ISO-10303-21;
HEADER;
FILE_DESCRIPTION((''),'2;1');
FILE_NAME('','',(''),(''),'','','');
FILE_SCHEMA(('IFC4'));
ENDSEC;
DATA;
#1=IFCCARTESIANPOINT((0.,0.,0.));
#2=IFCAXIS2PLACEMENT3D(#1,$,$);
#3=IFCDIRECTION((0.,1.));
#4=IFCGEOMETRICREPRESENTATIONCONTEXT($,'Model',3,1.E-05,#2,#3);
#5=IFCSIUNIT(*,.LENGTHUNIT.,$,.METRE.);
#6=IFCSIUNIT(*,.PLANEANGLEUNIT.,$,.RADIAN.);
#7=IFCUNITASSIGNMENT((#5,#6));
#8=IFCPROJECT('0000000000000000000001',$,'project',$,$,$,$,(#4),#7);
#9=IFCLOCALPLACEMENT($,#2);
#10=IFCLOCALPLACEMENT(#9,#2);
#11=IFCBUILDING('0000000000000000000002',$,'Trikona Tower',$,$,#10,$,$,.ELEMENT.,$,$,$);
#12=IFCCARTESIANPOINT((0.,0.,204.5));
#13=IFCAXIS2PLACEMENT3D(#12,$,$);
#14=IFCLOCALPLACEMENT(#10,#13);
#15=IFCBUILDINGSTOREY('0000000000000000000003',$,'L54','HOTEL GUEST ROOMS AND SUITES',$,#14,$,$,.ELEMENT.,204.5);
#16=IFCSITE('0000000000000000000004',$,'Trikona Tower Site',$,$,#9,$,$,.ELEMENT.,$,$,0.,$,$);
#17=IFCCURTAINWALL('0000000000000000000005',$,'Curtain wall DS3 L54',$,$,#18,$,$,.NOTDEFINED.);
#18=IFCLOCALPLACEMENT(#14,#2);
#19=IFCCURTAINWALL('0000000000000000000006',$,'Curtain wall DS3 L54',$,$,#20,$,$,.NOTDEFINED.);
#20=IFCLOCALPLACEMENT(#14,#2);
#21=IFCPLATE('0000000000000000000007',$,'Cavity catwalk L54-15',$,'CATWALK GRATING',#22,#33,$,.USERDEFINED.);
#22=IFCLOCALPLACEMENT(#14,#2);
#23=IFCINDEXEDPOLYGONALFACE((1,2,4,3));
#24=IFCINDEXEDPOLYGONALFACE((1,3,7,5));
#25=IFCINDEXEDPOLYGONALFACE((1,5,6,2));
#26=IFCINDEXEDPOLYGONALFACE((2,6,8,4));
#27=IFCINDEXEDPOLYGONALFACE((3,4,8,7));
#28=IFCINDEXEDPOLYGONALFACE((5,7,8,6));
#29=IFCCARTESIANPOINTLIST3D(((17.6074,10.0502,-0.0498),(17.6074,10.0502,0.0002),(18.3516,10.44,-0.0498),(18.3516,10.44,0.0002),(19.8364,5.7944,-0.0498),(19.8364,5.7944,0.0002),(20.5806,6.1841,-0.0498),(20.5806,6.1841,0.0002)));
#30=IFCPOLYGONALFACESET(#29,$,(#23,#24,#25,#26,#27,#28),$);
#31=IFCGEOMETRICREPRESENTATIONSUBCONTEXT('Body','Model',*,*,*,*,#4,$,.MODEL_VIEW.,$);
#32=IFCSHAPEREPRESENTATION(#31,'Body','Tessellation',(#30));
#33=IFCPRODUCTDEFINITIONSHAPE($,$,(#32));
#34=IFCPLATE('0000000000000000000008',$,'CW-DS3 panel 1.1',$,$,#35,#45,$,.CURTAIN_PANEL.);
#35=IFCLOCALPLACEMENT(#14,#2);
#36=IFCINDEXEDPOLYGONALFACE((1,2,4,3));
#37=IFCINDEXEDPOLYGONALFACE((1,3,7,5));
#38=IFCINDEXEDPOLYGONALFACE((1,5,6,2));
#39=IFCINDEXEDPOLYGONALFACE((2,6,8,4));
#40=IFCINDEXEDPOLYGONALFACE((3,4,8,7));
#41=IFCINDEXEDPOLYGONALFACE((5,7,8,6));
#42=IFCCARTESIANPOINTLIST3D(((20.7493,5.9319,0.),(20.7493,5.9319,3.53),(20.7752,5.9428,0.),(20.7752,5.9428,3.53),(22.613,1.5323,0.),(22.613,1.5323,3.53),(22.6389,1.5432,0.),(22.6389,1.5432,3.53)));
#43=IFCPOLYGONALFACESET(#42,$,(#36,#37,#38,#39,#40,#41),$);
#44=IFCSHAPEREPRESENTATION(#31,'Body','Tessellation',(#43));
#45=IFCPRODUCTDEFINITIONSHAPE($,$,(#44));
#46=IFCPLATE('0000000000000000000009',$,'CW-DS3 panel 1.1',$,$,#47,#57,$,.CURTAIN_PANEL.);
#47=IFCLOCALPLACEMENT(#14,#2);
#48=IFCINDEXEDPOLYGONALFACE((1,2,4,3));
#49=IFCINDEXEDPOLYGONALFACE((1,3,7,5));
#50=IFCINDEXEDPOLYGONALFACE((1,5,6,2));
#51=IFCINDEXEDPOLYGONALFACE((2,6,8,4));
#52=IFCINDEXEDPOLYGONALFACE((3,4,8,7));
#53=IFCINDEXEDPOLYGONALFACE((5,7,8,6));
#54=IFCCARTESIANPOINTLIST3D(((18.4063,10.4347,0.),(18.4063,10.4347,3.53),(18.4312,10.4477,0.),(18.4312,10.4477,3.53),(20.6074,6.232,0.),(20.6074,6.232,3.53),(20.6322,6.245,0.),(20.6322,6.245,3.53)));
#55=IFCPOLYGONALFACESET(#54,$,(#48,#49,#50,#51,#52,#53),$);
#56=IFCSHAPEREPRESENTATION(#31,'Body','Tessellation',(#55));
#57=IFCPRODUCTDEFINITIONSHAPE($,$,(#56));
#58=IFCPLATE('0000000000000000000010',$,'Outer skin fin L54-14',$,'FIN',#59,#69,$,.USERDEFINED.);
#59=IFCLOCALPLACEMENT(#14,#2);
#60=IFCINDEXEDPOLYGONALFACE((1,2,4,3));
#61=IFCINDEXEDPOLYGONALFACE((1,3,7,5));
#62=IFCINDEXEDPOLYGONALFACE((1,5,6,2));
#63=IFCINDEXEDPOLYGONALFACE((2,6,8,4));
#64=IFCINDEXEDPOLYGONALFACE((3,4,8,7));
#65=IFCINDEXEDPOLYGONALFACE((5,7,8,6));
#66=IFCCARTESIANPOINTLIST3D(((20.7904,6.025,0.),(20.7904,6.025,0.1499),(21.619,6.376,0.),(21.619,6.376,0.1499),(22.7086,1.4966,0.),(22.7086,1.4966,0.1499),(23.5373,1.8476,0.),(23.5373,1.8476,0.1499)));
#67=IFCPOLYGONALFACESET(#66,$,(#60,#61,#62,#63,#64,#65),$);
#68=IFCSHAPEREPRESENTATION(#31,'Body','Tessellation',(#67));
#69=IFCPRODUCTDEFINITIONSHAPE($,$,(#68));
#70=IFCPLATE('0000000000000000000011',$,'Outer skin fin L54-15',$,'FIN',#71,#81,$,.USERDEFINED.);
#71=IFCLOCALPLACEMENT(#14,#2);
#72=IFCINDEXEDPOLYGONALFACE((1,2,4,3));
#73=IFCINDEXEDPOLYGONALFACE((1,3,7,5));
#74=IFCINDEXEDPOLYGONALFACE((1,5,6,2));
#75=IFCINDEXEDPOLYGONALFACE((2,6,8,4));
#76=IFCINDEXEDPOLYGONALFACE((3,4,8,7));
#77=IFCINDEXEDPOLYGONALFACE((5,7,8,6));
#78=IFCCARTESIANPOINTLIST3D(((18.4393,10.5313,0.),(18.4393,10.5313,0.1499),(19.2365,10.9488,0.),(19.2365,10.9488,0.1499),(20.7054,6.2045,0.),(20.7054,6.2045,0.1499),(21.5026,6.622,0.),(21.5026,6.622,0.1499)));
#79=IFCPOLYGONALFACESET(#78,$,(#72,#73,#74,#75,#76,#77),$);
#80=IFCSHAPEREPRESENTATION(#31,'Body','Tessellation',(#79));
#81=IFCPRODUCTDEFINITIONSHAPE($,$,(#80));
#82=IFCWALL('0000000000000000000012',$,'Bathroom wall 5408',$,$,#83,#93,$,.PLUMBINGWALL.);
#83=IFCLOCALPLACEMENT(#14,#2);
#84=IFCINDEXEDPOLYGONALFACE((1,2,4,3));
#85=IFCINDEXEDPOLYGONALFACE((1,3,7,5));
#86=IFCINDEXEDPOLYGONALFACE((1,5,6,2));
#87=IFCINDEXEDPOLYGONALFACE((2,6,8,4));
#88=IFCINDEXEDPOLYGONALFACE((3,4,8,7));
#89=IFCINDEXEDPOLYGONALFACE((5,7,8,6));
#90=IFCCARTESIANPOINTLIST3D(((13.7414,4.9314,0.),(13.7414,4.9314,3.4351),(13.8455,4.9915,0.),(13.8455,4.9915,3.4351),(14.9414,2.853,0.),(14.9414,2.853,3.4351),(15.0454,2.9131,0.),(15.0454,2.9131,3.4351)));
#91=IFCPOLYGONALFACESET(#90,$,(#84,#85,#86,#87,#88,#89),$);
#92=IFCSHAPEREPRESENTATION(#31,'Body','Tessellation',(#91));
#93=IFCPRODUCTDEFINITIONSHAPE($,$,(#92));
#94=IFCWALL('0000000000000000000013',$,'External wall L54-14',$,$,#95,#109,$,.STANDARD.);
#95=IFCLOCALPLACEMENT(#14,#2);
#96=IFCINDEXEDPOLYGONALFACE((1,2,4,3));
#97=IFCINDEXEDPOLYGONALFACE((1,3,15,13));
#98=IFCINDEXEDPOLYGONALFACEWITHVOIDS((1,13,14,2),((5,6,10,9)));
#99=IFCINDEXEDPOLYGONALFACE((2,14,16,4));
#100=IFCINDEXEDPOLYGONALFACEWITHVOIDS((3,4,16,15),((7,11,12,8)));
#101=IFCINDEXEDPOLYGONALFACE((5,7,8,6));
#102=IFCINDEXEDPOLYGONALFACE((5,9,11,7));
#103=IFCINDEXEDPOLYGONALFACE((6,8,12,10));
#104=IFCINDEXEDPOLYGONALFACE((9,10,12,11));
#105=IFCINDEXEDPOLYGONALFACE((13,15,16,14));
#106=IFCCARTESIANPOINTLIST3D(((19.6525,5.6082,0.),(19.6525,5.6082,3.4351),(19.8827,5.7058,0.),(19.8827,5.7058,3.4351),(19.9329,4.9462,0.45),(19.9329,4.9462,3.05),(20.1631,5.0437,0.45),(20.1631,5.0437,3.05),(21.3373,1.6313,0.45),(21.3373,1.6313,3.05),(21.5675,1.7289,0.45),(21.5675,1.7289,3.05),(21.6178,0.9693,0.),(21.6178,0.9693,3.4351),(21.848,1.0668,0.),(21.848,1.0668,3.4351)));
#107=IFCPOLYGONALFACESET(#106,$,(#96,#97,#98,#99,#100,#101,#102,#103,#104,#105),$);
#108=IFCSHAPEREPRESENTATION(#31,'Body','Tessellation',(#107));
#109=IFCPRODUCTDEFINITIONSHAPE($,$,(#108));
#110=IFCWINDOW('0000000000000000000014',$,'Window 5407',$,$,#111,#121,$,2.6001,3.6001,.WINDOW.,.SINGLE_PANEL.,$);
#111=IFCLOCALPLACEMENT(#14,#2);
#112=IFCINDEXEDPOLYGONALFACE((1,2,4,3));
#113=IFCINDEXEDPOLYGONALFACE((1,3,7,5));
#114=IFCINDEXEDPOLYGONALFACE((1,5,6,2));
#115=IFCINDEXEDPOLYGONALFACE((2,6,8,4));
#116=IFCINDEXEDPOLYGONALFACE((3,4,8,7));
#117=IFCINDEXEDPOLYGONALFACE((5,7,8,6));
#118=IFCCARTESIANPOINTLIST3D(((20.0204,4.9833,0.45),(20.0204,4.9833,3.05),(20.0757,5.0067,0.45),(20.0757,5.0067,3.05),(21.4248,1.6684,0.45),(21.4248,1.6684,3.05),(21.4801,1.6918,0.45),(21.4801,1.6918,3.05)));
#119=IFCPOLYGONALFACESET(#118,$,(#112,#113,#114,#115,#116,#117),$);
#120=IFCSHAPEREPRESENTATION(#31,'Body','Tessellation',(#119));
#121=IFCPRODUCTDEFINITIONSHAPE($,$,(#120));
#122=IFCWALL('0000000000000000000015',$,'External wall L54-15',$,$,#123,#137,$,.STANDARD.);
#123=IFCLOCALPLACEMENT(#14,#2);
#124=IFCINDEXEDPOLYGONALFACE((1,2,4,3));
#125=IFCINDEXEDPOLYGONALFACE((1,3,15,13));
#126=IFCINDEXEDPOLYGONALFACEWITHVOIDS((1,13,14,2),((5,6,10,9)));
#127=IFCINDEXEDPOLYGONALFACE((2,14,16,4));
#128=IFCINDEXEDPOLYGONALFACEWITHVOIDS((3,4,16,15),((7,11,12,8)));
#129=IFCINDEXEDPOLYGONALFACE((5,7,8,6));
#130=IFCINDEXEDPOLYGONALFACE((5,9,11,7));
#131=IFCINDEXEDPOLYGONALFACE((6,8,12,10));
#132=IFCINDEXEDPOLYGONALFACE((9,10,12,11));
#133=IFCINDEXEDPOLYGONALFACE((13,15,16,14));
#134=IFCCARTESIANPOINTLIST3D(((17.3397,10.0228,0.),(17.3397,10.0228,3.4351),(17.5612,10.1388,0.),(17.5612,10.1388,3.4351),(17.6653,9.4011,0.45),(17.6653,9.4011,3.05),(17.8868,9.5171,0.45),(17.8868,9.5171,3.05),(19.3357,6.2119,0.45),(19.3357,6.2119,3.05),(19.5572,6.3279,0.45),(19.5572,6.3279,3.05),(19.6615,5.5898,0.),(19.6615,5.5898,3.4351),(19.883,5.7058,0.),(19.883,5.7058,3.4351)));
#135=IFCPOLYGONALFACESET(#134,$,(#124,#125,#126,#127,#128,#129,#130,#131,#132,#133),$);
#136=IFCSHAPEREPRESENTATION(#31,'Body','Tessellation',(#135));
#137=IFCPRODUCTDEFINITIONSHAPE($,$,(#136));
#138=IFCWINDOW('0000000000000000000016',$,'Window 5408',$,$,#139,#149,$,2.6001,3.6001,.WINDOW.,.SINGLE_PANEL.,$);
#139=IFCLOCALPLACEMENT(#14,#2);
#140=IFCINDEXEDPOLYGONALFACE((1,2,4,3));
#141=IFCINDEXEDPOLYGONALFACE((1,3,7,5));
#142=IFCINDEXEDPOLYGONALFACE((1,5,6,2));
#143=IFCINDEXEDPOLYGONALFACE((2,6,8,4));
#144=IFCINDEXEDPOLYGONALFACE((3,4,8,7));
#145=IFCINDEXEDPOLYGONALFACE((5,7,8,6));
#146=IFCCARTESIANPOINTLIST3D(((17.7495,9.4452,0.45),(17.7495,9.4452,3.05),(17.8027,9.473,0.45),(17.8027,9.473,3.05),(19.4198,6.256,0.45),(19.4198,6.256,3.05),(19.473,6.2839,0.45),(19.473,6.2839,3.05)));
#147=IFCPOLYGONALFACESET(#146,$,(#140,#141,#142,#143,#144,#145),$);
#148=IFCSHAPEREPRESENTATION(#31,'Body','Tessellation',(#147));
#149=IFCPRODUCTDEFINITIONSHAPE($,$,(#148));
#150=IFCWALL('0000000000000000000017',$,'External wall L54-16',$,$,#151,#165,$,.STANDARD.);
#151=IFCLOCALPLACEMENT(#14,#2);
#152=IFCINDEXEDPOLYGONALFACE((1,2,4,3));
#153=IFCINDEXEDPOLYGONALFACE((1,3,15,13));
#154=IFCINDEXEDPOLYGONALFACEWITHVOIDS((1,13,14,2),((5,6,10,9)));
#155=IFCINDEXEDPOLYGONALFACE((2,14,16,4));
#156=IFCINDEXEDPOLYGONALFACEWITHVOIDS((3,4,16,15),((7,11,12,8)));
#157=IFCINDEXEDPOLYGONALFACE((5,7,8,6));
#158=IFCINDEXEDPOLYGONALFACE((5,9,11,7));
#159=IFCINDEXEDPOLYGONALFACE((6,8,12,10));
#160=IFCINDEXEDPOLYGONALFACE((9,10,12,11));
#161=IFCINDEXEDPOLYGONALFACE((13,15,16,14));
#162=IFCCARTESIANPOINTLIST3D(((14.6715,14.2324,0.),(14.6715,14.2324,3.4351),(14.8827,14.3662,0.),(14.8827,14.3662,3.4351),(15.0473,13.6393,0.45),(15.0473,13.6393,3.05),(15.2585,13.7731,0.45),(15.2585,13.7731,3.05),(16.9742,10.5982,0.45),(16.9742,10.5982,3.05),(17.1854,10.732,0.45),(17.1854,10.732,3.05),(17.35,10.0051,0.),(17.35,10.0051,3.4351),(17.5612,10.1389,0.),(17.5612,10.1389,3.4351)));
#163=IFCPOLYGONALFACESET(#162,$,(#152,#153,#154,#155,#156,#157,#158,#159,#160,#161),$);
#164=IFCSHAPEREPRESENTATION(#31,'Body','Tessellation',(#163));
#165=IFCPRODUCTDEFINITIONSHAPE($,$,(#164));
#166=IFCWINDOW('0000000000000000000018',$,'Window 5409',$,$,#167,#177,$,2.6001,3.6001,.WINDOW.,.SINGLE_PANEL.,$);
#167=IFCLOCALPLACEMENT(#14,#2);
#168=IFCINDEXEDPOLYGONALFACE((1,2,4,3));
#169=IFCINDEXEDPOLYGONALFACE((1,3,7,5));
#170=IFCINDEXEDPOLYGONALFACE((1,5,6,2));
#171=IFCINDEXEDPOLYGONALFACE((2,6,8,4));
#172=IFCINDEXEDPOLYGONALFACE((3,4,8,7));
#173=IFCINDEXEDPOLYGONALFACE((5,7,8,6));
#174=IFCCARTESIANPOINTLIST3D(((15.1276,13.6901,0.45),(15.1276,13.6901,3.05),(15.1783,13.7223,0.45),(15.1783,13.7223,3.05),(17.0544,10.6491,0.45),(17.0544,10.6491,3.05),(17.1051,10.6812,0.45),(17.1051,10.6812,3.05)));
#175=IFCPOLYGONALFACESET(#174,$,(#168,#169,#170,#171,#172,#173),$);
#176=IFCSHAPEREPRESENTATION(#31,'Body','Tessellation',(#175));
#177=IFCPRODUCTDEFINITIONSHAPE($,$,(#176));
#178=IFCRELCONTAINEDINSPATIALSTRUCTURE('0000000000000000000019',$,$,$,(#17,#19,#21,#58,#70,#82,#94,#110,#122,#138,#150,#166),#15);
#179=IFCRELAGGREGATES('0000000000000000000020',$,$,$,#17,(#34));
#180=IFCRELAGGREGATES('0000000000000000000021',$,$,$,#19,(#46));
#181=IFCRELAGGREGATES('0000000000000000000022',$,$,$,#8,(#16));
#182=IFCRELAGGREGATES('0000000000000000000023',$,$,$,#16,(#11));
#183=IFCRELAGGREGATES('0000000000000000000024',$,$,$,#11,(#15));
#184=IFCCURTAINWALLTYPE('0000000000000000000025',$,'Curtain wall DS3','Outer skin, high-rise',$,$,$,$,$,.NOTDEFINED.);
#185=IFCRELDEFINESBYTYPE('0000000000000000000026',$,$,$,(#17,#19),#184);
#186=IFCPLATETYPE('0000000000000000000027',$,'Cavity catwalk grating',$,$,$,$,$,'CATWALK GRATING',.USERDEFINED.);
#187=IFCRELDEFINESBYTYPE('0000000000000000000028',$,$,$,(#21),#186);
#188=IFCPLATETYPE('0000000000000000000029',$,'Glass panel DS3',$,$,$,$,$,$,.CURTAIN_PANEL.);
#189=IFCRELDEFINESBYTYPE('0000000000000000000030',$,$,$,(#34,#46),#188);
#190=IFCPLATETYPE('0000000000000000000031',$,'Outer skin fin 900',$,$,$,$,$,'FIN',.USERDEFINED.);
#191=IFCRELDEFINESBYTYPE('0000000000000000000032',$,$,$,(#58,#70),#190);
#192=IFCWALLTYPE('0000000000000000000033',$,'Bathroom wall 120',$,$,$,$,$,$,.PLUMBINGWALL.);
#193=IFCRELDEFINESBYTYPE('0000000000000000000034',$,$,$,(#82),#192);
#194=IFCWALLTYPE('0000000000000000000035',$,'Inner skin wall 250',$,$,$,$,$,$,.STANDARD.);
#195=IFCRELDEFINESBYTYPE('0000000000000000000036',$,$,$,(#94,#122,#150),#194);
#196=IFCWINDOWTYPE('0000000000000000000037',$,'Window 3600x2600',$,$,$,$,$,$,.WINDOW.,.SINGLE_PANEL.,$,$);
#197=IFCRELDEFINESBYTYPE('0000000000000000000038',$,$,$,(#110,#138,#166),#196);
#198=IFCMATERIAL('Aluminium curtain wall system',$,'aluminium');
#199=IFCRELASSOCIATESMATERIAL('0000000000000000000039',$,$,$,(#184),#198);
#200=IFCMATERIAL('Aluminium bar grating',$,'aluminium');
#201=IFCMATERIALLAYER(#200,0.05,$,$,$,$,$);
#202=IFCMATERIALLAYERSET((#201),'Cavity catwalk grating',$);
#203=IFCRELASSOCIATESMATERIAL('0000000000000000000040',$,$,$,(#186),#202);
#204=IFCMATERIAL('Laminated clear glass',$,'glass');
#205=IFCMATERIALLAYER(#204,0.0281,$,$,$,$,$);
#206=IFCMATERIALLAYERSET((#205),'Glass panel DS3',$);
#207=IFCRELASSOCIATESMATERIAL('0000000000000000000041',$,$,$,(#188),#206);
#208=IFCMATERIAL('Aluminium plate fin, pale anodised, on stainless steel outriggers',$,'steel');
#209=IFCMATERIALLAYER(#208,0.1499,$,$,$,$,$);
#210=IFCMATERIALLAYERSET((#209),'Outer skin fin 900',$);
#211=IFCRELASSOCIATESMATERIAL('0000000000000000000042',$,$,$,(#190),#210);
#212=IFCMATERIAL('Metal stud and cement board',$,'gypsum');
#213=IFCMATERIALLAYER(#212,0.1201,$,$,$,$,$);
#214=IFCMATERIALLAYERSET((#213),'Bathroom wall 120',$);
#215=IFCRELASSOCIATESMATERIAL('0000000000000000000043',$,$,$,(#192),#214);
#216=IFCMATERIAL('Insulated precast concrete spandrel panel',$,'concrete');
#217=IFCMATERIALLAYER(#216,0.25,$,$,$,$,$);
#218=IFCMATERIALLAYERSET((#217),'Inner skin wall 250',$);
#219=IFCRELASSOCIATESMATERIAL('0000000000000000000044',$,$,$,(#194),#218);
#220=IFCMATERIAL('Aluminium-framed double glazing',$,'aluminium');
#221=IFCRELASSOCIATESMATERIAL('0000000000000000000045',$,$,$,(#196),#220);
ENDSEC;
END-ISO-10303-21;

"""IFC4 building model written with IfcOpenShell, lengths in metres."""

from ifc_helpers import new_model, si_unit, direction, frame, frame_2d, origin, origin_2d, place, context, subcontext, project, spatial, rectangle, extrude, material, layer, layer_set, type_object, element, fill, aggregate, save


model = new_model("IFC4")

# Units and contexts
model_context = context("Model", 3, precision=1e-05, world=origin(), true_north=direction((0.0, 1.0)))
body_context = subcontext(model_context, "Body", "Model", "MODEL_VIEW")
ifc_project = project(units=[si_unit("LENGTHUNIT", "METRE"), si_unit("PLANEANGLEUNIT", "RADIAN")], contexts=[model_context])

# Site, building, storey
site_placement = place(None, origin())
site = spatial("IfcSite", under=ifc_project, at=site_placement, Name="Trikona Tower Site", CompositionType="ELEMENT", RefElevation=0.0)
building_placement = place(site_placement, origin())
building = spatial("IfcBuilding", under=site, at=building_placement, Name="Trikona Tower", CompositionType="ELEMENT")
storey_placement = place(building_placement, frame((0.0, 0.0, 204.5)))
storey = spatial("IfcBuildingStorey", under=building, at=storey_placement, Name="L54", Description="HOTEL GUEST ROOMS AND SUITES", CompositionType="ELEMENT", Elevation=204.5)

# Shared definitions
ifc_material_1 = material(Name="Aluminium curtain wall system", Category="aluminium")
curtain_wall_type = type_object("IfcCurtainWallType", Name="Curtain wall DS3", Description="Outer skin, high-rise", PredefinedType="NOTDEFINED", material=ifc_material_1)

# Curtain walls
curtain_wall_1_placement = place(storey_placement, origin())
curtain_wall_1 = element("IfcCurtainWall", 1, at=curtain_wall_1_placement, inside=storey, type_object=curtain_wall_type, Name="Curtain wall DS3 L54", PredefinedType="NOTDEFINED")
curtain_wall_2_placement = place(storey_placement, origin())
curtain_wall_2 = element("IfcCurtainWall", 2, at=curtain_wall_2_placement, inside=storey, type_object=curtain_wall_type, Name="Curtain wall DS3 L54", PredefinedType="NOTDEFINED")

# Plate
ifc_material_2 = material(Name="Aluminium bar grating", Category="aluminium")
ifc_layer_1 = layer(ifc_material_2, 0.05)
ifc_layer_set_1 = layer_set([ifc_layer_1], Name="Cavity catwalk grating")
plate_type_1 = type_object("IfcPlateType", Name="Cavity catwalk grating", ElementType="CATWALK GRATING", PredefinedType="USERDEFINED", material=ifc_layer_set_1)
plate_1_placement = place(storey_placement, frame((19.094, 8.1172, -0.0498), z_axis=(0.0, 0.0, 1.0), x_axis=(-0.463952, 0.88586, 0.0)))
element("IfcPlate", 3, at=plate_1_placement, inside=storey, type_object=plate_type_1, Name="Cavity catwalk L54-15", ObjectType="CATWALK GRATING", PredefinedType="USERDEFINED", context=body_context, shape_type="SweptSolid", body=[
    extrude(rectangle(XDim=4.8042, YDim=0.8401, at=origin_2d()), origin(), (0.0, 0.0, 1.0), 0.05),
])

# Plates
ifc_material_3 = material(Name="Laminated clear glass", Category="glass")
ifc_layer_2 = layer(ifc_material_3, 0.0281)
ifc_layer_set_2 = layer_set([ifc_layer_2], Name="Glass panel DS3")
plate_type_2 = type_object("IfcPlateType", Name="Glass panel DS3", PredefinedType="CURTAIN_PANEL", material=ifc_layer_set_2)
plate_2_placement = place(storey_placement, frame((21.6941, 3.7375, 0.0), z_axis=(0.0, 0.0, 1.0), x_axis=(-0.390053, 0.920792, 0.0)))
plate_2 = element("IfcPlate", 4, at=plate_2_placement, type_object=plate_type_2, Name="CW-DS3 panel 1.1", PredefinedType="CURTAIN_PANEL", context=body_context, shape_type="SweptSolid", body=[
    extrude(rectangle(XDim=4.7781, YDim=0.0281, at=origin_2d()), origin(), (0.0, 0.0, 1.0), 3.53),
])
aggregate(curtain_wall_1, [plate_2])
plate_3_placement = place(storey_placement, frame((19.5193, 8.3398, 0.0), z_axis=(0.0, 0.0, 1.0), x_axis=(-0.463948, 0.885862, 0.0)))
plate_3 = element("IfcPlate", 5, at=plate_3_placement, type_object=plate_type_2, Name="CW-DS3 panel 1.1", PredefinedType="CURTAIN_PANEL", context=body_context, shape_type="SweptSolid", body=[
    extrude(rectangle(XDim=4.7441, YDim=0.0281, at=origin_2d()), origin(), (0.0, 0.0, 1.0), 3.53),
])
aggregate(curtain_wall_2, [plate_3])

# Plates
ifc_material_4 = material(Name="Aluminium plate fin, pale anodised, on stainless steel outriggers", Category="steel")
ifc_layer_3 = layer(ifc_material_4, 0.1499)
ifc_layer_set_3 = layer_set([ifc_layer_3], Name="Outer skin fin 900")
plate_type_3 = type_object("IfcPlateType", Name="Outer skin fin 900", ElementType="FIN", PredefinedType="USERDEFINED", material=ifc_layer_set_3)
plate_4_placement = place(storey_placement, frame((22.1638, 3.9363, 0.0), z_axis=(0.0, 0.0, 1.0), x_axis=(-0.390051, 0.920793, 0.0)))
element("IfcPlate", 6, at=plate_4_placement, inside=storey, type_object=plate_type_3, Name="Outer skin fin L54-14", ObjectType="FIN", PredefinedType="USERDEFINED", context=body_context, shape_type="SweptSolid", body=[
    extrude(rectangle(XDim=4.918, YDim=0.8999, at=origin_2d()), origin(), (0.0, 0.0, 1.0), 0.1499),
])
plate_5_placement = place(storey_placement, frame((19.9709, 8.5767, 0.0), z_axis=(0.0, 0.0, 1.0), x_axis=(-0.463952, 0.88586, 0.0)))
element("IfcPlate", 7, at=plate_5_placement, inside=storey, type_object=plate_type_3, Name="Outer skin fin L54-15", ObjectType="FIN", PredefinedType="USERDEFINED", context=body_context, shape_type="SweptSolid", body=[
    extrude(rectangle(XDim=4.8843, YDim=0.8999, at=origin_2d()), origin(), (0.0, 0.0, 1.0), 0.1499),
])

# Wall
ifc_material_5 = material(Name="Metal stud and cement board", Category="gypsum")
ifc_layer_4 = layer(ifc_material_5, 0.1201)
ifc_layer_set_4 = layer_set([ifc_layer_4], Name="Bathroom wall 120")
wall_type_1 = type_object("IfcWallType", Name="Bathroom wall 120", PredefinedType="PLUMBINGWALL", material=ifc_layer_set_4)
wall_1_placement = place(storey_placement, frame((14.9934, 2.8831, 0.0), z_axis=(0.0, 0.0, 1.0), x_axis=(-0.500001, 0.866025, 0.0)))
element("IfcWall", 8, at=wall_1_placement, inside=storey, type_object=wall_type_1, Name="Bathroom wall 5408", PredefinedType="PLUMBINGWALL", context=body_context, shape_type="SweptSolid", body=[
    extrude(rectangle(XDim=2.3999, YDim=0.1201, at=frame_2d((1.2, 0.0))), origin(), (0.0, 0.0, 1.0), 3.4351),
])

# Walls, openings, windows
ifc_material_6 = material(Name="Insulated precast concrete spandrel panel", Category="concrete")
ifc_layer_5 = layer(ifc_material_6, 0.25)
ifc_layer_set_5 = layer_set([ifc_layer_5], Name="Inner skin wall 250")
wall_type_2 = type_object("IfcWallType", Name="Inner skin wall 250", PredefinedType="STANDARD", material=ifc_layer_set_5)
wall_2_placement = place(storey_placement, frame((21.7329, 1.0181, 0.0), z_axis=(0.0, 0.0, 1.0), x_axis=(-0.390097, 0.920774, 0.0)))
wall_2 = element("IfcWall", 9, at=wall_2_placement, inside=storey, type_object=wall_type_2, Name="External wall L54-14", PredefinedType="STANDARD", context=body_context, shape_type="SweptSolid", body=[
    extrude(rectangle(XDim=5.0381, YDim=0.25, at=frame_2d((2.519, 0.0))), origin(), (0.0, 0.0, 1.0), 3.4351),
])
opening_1_placement = place(wall_2_placement, frame((0.719, 0.0, 0.45)))
opening_1 = element("IfcOpeningElement", 10, at=opening_1_placement, cuts=wall_2, PredefinedType="OPENING", context=body_context, shape_type="SweptSolid", body=[
    extrude(rectangle(XDim=3.6001, YDim=2.6001, at=frame_2d((1.8, 1.3))), frame((0.0, 0.135, 0.0), z_axis=(0.0, -1.0, 0.0), x_axis=(1.0, 0.0, 0.0)), (0.0, 0.0, 1.0), 0.27),
])
ifc_material_7 = material(Name="Aluminium-framed double glazing", Category="aluminium")
window_type = type_object("IfcWindowType", Name="Window 3600x2600", PartitioningType="SINGLE_PANEL", PredefinedType="WINDOW", material=ifc_material_7)
window_1_placement = place(opening_1_placement, origin())
window_1 = element("IfcWindow", 11, at=window_1_placement, inside=storey, type_object=window_type, Name="Window 5407", OverallHeight=2.6001, OverallWidth=3.6001, PartitioningType="SINGLE_PANEL", PredefinedType="WINDOW", context=body_context, shape_type="SweptSolid", body=[
    extrude(rectangle(XDim=3.6001, YDim=2.6001, at=frame_2d((1.8, 1.3))), frame((0.0, 0.03, 0.0), z_axis=(0.0, -1.0, 0.0), x_axis=(1.0, 0.0, 0.0)), (0.0, 0.0, 1.0), 0.0601),
])
fill(opening_1, window_1)
wall_3_placement = place(storey_placement, frame((19.7722, 5.6479, 0.0), z_axis=(0.0, 0.0, 1.0), x_axis=(-0.463976, 0.885848, 0.0)))
wall_3 = element("IfcWall", 12, at=wall_3_placement, inside=storey, type_object=wall_type_2, Name="External wall L54-15", PredefinedType="STANDARD", context=body_context, shape_type="SweptSolid", body=[
    extrude(rectangle(XDim=5.0042, YDim=0.25, at=frame_2d((2.502, 0.0))), origin(), (0.0, 0.0, 1.0), 3.4351),
])
opening_2_placement = place(wall_3_placement, frame((0.7021, 0.0, 0.45)))
opening_2 = element("IfcOpeningElement", 13, at=opening_2_placement, cuts=wall_3, PredefinedType="OPENING", context=body_context, shape_type="SweptSolid", body=[
    extrude(rectangle(XDim=3.6001, YDim=2.6001, at=frame_2d((1.8, 1.3))), frame((0.0, 0.135, 0.0), z_axis=(0.0, -1.0, 0.0), x_axis=(1.0, 0.0, 0.0)), (0.0, 0.0, 1.0), 0.27),
])
window_2_placement = place(opening_2_placement, origin())
window_2 = element("IfcWindow", 14, at=window_2_placement, inside=storey, type_object=window_type, Name="Window 5408", OverallHeight=2.6001, OverallWidth=3.6001, PartitioningType="SINGLE_PANEL", PredefinedType="WINDOW", context=body_context, shape_type="SweptSolid", body=[
    extrude(rectangle(XDim=3.6001, YDim=2.6001, at=frame_2d((1.8, 1.3))), frame((0.0, 0.03, 0.0), z_axis=(0.0, -1.0, 0.0), x_axis=(1.0, 0.0, 0.0)), (0.0, 0.0, 1.0), 0.0601),
])
fill(opening_2, window_2)
wall_4_placement = place(storey_placement, frame((17.4556, 10.072, 0.0), z_axis=(0.0, 0.0, 1.0), x_axis=(-0.53522, 0.844712, 0.0)))
wall_4 = element("IfcWall", 15, at=wall_4_placement, inside=storey, type_object=wall_type_2, Name="External wall L54-16", PredefinedType="STANDARD", context=body_context, shape_type="SweptSolid", body=[
    extrude(rectangle(XDim=5.0044, YDim=0.25, at=frame_2d((2.5022, 0.0))), origin(), (0.0, 0.0, 1.0), 3.4351),
])
opening_3_placement = place(wall_4_placement, frame((0.7021, 0.0, 0.45)))
opening_3 = element("IfcOpeningElement", 16, at=opening_3_placement, cuts=wall_4, PredefinedType="OPENING", context=body_context, shape_type="SweptSolid", body=[
    extrude(rectangle(XDim=3.6001, YDim=2.6001, at=frame_2d((1.8, 1.3))), frame((0.0, 0.135, 0.0), z_axis=(0.0, -1.0, 0.0), x_axis=(1.0, 0.0, 0.0)), (0.0, 0.0, 1.0), 0.27),
])
window_3_placement = place(opening_3_placement, origin())
window_3 = element("IfcWindow", 17, at=window_3_placement, inside=storey, type_object=window_type, Name="Window 5409", OverallHeight=2.6001, OverallWidth=3.6001, PartitioningType="SINGLE_PANEL", PredefinedType="WINDOW", context=body_context, shape_type="SweptSolid", body=[
    extrude(rectangle(XDim=3.6001, YDim=2.6001, at=frame_2d((1.8, 1.3))), frame((0.0, 0.03, 0.0), z_axis=(0.0, -1.0, 0.0), x_axis=(1.0, 0.0, 0.0)), (0.0, 0.0, 1.0), 0.0601),
])
fill(opening_3, window_3)

save(model, "model.ifc")
